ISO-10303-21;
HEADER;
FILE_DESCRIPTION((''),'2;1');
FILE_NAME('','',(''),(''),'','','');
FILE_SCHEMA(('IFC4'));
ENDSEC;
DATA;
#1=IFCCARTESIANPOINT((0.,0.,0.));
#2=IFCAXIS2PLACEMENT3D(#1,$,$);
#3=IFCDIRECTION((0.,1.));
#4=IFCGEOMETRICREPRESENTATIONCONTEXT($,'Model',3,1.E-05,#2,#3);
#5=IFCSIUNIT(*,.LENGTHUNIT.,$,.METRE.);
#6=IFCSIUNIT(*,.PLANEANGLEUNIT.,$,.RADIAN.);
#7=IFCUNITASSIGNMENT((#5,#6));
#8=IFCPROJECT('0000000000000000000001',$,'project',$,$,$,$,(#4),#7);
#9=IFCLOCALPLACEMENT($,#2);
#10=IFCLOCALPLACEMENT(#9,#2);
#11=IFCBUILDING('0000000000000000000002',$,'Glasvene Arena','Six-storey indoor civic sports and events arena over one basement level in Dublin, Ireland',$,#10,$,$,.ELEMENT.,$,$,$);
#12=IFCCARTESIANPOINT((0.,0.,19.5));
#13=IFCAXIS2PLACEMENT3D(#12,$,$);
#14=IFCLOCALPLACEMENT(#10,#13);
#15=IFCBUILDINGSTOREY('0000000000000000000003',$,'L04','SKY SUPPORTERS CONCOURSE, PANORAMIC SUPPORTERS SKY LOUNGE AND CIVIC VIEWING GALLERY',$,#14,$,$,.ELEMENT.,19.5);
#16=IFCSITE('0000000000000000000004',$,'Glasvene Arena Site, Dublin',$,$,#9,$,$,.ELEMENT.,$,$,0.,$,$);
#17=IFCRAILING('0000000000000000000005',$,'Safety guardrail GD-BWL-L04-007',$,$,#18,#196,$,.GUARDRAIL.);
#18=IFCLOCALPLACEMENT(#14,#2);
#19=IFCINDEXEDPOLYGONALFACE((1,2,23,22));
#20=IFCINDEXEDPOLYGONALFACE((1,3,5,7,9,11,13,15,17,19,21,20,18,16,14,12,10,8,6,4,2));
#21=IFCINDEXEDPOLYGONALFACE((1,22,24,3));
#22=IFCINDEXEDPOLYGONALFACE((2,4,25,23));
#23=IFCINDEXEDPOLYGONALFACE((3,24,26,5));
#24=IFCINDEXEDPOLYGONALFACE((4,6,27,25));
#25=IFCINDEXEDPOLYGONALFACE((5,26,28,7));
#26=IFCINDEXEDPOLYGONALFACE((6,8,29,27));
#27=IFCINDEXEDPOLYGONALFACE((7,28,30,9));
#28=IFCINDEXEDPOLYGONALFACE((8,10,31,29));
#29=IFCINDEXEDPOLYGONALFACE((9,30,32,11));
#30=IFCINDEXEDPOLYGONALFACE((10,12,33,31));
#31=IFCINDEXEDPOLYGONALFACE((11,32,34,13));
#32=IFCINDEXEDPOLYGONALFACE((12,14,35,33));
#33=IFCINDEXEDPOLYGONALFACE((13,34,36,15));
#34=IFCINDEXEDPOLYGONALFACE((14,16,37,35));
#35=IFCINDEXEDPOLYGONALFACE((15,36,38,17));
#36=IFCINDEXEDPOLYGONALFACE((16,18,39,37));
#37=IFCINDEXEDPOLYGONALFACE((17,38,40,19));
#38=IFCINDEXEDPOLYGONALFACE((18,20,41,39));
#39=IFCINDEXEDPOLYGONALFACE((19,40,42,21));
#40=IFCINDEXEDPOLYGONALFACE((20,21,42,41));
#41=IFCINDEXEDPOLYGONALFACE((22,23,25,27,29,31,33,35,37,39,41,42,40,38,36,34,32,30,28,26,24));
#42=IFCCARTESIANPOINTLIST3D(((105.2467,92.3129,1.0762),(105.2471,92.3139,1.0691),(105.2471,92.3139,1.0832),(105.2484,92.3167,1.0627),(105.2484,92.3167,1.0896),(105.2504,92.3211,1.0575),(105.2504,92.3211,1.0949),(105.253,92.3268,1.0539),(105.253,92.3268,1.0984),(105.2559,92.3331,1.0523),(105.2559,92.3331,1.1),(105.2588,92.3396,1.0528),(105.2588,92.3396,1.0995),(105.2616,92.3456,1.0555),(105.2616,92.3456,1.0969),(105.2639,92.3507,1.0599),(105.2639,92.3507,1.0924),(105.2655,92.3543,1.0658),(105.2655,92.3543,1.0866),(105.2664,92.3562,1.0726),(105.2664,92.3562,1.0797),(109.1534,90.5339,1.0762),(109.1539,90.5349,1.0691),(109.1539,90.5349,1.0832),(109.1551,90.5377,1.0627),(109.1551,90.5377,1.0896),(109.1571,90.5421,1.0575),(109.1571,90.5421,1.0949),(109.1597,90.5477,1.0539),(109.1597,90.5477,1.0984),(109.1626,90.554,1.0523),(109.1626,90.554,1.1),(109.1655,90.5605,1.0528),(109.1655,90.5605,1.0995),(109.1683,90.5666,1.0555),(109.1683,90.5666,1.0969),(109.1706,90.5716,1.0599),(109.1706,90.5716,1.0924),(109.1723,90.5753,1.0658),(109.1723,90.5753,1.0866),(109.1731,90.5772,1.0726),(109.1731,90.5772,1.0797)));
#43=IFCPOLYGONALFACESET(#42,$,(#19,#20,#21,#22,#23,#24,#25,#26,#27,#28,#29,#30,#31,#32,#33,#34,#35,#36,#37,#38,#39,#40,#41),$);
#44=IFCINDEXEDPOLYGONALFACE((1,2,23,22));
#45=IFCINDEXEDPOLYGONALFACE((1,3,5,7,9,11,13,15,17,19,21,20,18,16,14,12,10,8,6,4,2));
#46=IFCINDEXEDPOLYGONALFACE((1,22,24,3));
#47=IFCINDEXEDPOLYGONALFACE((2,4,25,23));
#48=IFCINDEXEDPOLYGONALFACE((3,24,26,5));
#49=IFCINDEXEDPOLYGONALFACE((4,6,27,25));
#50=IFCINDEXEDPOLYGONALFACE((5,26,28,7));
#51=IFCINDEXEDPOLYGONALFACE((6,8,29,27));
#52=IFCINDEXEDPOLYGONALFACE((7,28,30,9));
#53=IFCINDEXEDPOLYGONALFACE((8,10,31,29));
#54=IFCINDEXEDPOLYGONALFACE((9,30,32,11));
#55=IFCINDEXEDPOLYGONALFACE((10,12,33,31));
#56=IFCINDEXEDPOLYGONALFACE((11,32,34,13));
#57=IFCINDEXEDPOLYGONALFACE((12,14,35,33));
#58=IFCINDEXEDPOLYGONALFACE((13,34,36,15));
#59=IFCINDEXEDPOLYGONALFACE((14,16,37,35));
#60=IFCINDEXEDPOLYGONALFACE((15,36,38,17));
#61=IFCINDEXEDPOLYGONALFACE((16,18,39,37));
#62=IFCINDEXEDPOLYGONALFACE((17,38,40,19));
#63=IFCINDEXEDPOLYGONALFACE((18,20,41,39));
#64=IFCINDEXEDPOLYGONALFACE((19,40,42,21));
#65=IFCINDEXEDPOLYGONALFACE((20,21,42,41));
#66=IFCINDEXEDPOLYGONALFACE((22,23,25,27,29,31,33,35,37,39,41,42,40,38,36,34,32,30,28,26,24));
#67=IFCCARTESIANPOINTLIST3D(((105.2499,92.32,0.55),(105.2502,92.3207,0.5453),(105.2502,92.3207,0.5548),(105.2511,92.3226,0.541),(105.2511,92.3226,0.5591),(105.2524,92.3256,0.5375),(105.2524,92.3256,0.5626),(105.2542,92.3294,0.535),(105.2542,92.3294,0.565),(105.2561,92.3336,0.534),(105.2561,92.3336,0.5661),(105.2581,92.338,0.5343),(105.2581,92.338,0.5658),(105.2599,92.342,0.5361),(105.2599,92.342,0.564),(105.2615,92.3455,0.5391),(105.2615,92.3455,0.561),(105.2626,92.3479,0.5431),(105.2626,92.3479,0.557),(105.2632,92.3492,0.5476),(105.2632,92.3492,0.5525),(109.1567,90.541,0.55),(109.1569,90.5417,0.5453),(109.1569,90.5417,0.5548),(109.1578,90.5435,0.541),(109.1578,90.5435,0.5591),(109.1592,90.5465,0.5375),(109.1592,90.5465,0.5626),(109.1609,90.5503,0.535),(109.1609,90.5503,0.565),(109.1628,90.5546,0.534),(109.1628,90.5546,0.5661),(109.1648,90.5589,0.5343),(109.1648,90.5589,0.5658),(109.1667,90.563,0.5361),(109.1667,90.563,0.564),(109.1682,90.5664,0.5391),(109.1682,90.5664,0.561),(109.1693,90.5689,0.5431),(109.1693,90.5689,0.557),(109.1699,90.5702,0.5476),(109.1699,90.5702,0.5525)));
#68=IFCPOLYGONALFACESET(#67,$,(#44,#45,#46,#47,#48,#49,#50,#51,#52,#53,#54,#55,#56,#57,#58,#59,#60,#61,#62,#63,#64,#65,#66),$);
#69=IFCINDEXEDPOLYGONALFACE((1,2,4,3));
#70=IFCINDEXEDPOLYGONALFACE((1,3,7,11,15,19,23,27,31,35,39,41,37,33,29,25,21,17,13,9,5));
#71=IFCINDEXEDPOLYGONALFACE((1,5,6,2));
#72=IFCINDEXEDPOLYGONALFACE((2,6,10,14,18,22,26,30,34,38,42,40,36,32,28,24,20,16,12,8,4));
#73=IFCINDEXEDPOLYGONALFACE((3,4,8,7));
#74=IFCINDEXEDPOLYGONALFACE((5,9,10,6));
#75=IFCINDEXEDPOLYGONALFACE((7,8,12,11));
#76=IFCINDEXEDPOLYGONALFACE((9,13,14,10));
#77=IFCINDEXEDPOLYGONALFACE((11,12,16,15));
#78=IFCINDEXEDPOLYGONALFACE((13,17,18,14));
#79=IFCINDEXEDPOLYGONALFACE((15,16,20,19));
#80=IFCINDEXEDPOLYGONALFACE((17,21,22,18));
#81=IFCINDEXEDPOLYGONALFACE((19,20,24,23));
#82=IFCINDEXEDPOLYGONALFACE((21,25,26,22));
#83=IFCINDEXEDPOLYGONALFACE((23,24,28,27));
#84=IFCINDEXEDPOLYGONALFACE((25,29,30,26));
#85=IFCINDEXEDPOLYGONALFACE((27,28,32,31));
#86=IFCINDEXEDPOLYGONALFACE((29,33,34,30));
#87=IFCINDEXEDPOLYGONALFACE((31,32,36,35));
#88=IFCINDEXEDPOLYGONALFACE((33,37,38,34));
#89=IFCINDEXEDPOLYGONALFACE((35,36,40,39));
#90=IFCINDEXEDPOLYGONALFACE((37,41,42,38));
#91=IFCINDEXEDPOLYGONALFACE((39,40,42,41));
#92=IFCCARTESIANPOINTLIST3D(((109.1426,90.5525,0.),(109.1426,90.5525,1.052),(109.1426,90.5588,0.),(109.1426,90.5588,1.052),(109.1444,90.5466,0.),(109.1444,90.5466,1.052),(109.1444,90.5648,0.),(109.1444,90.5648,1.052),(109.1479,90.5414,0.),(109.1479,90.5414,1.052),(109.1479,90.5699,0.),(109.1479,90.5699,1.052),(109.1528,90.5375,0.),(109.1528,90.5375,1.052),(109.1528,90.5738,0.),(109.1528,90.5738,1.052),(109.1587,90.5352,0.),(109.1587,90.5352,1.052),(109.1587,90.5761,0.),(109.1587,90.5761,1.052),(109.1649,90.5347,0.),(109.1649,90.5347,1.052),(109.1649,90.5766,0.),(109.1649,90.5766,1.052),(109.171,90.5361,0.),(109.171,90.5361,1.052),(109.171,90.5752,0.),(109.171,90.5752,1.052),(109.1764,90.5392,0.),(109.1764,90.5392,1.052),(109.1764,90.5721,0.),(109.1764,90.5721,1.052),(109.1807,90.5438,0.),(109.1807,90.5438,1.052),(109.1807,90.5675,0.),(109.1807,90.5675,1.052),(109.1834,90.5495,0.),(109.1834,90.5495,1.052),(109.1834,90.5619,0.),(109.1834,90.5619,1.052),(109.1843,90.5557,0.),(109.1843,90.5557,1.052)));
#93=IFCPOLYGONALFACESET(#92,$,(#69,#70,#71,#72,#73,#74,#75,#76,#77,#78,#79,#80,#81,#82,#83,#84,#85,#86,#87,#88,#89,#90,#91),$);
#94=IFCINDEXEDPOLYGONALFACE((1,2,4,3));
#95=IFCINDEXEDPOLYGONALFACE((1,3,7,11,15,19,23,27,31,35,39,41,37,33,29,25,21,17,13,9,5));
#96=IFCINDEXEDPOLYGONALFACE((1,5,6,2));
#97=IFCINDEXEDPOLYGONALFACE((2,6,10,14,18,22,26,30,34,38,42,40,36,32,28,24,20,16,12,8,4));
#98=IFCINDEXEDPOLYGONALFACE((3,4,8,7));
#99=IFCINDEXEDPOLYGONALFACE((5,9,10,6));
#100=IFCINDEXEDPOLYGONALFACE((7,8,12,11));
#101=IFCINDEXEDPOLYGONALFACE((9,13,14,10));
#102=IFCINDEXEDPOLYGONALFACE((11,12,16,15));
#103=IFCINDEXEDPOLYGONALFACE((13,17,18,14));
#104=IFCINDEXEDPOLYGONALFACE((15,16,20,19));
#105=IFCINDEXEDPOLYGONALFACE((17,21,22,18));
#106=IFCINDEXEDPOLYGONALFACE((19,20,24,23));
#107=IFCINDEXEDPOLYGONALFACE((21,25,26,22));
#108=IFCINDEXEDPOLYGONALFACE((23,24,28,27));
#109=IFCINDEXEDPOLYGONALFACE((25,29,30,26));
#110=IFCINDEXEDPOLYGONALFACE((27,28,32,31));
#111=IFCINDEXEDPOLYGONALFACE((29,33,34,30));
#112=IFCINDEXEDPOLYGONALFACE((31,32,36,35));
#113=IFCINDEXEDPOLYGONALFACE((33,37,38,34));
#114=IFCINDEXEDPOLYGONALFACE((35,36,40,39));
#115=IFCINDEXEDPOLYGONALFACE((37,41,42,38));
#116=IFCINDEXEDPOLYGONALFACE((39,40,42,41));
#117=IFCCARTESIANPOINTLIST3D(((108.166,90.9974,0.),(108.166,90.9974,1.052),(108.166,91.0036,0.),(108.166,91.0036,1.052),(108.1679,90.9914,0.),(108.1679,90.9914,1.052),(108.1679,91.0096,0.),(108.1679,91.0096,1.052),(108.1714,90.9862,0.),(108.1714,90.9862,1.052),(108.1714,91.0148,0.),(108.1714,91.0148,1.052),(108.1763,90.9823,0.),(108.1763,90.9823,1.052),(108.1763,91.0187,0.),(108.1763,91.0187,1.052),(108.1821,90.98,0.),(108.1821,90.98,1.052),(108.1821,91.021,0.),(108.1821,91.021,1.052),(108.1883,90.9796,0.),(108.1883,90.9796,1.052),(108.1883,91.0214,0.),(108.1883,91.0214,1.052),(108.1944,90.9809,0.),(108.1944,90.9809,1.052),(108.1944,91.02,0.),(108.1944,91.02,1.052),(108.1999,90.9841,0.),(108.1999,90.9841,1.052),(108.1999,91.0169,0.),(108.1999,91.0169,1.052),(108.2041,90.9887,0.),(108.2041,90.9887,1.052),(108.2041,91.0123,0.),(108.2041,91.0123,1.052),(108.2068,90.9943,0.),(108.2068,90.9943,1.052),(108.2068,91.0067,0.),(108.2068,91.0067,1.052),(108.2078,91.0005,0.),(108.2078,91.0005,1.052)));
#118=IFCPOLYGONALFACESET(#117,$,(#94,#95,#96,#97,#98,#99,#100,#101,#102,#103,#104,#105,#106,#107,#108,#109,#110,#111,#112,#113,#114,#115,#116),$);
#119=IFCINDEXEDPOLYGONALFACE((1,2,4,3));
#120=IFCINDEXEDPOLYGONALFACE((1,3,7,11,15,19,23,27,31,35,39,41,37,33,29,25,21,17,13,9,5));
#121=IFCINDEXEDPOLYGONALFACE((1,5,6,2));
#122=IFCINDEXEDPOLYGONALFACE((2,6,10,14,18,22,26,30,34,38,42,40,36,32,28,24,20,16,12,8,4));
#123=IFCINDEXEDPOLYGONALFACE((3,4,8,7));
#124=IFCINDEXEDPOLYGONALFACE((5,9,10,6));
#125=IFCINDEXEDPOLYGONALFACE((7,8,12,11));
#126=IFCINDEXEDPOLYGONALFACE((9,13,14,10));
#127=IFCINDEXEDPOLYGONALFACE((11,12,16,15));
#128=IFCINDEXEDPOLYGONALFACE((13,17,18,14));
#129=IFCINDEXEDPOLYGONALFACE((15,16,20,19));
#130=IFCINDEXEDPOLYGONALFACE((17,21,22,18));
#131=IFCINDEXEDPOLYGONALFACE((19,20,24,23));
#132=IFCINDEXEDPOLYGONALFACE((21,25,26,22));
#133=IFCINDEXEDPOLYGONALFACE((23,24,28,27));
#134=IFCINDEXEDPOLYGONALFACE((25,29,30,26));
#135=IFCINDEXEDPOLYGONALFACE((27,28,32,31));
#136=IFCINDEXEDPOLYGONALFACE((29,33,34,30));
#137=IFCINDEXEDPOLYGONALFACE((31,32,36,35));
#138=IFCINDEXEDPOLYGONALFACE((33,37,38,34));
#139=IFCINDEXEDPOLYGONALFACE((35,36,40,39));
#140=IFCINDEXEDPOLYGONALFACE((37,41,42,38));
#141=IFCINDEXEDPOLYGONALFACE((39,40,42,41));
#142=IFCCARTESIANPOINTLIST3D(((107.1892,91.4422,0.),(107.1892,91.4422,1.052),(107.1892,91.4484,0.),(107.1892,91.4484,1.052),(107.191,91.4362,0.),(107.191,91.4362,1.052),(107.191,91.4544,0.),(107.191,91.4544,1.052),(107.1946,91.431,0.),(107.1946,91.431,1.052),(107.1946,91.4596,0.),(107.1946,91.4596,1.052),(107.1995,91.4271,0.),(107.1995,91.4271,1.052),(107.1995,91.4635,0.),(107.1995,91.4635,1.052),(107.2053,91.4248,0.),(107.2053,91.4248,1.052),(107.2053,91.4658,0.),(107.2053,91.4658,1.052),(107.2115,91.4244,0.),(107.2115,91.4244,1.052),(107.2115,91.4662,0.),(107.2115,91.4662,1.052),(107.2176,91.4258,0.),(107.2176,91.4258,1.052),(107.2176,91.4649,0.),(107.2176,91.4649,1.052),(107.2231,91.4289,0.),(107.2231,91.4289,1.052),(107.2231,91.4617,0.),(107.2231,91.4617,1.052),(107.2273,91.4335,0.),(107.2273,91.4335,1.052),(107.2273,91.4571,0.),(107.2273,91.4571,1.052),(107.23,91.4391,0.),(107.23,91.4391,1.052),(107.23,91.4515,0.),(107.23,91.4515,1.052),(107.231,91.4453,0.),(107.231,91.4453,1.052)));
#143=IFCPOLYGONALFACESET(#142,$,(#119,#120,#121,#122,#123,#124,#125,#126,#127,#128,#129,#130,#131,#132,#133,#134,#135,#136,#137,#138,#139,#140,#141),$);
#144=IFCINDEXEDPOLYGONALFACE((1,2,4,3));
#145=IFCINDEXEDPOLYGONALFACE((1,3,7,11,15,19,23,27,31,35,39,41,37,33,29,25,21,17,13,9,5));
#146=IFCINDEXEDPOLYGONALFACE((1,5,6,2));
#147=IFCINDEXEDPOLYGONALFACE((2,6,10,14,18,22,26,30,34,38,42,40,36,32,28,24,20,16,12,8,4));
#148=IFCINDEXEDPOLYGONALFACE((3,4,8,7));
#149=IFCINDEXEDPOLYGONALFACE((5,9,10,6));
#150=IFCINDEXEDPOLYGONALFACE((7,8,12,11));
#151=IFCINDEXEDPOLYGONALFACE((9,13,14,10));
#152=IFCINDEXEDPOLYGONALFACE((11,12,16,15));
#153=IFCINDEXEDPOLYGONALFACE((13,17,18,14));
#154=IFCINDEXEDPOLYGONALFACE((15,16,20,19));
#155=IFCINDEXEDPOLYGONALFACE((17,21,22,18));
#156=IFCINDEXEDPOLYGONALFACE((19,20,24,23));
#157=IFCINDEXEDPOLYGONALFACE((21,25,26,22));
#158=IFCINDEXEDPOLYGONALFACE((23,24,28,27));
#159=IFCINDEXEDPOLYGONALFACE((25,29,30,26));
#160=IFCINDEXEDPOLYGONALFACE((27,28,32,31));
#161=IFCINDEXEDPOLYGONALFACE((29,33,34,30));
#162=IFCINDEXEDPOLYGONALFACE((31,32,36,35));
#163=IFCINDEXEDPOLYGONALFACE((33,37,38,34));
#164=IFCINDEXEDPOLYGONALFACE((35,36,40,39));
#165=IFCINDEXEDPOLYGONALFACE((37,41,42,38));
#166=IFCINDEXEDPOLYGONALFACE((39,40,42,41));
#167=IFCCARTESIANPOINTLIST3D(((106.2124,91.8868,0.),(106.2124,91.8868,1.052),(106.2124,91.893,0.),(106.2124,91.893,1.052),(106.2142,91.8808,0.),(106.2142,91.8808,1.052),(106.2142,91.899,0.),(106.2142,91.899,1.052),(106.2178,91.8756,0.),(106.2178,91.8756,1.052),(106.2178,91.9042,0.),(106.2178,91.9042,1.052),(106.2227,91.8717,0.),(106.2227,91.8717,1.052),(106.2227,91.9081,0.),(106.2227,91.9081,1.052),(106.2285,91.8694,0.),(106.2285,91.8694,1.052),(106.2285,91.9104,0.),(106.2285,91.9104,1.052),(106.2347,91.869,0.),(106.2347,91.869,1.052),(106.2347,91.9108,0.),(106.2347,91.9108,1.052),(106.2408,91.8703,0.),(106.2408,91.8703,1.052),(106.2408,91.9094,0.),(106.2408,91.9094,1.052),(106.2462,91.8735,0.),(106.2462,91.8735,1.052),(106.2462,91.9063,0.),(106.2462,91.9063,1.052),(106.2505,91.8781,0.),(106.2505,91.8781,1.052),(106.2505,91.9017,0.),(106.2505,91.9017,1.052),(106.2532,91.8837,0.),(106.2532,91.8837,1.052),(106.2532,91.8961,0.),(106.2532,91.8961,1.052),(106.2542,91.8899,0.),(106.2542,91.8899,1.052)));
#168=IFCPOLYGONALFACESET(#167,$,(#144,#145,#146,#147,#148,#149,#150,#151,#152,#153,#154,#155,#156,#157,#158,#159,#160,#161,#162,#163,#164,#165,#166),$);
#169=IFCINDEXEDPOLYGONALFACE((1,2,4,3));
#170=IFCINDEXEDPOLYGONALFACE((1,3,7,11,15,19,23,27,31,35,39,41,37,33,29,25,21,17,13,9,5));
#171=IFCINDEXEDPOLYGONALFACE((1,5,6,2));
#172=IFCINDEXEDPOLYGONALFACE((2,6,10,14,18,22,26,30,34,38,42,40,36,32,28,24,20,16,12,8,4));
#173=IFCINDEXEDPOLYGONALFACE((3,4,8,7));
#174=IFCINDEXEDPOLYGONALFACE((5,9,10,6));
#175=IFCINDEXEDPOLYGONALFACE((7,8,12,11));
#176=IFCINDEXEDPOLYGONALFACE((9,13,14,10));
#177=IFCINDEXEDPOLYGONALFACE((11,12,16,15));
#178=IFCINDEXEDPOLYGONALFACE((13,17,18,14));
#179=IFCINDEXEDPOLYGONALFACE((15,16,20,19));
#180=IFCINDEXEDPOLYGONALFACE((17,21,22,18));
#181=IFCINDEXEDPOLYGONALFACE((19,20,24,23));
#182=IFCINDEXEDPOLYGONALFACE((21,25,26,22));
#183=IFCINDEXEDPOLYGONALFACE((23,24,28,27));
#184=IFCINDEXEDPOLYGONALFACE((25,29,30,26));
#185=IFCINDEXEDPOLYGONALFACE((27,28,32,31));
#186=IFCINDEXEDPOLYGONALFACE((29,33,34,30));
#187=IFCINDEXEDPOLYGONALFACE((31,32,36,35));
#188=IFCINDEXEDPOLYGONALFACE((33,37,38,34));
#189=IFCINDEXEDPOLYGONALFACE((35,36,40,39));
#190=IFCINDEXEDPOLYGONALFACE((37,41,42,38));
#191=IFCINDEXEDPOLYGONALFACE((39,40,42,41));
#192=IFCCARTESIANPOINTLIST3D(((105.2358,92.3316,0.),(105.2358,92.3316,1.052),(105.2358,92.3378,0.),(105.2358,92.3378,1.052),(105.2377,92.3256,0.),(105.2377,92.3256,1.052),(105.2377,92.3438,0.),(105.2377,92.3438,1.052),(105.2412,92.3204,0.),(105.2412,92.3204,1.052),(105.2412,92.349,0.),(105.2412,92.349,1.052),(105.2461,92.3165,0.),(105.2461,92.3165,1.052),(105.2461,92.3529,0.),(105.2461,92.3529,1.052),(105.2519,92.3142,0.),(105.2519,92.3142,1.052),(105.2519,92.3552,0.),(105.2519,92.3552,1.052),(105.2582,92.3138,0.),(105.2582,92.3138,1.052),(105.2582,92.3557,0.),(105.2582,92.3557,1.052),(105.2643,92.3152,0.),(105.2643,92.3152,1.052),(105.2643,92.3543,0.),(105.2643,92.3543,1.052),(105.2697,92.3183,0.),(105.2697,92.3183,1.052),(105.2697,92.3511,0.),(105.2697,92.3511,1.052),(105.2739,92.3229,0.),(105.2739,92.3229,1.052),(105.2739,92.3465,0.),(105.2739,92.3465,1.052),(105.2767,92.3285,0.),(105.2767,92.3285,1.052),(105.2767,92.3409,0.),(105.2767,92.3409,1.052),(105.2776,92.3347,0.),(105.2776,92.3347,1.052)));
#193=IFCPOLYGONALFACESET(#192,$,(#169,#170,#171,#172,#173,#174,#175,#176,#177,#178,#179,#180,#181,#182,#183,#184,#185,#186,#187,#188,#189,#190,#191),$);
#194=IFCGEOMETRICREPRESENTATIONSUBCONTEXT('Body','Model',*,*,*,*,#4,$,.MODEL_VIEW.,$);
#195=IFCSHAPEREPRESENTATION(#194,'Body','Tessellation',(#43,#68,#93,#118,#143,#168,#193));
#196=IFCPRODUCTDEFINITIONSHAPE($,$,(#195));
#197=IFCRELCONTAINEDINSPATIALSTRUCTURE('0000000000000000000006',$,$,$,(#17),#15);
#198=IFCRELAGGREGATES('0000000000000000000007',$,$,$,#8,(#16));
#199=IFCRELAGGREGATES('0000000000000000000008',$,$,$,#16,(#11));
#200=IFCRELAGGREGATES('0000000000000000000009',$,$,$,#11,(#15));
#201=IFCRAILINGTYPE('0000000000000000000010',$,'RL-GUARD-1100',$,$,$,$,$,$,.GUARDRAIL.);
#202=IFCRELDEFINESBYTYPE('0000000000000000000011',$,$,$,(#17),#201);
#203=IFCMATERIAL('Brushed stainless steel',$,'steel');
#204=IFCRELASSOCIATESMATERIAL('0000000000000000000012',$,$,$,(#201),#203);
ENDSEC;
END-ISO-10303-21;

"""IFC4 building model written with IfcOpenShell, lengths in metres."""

from ifc_helpers import new_model, si_unit, direction, frame, origin, origin_2d, place, context, subcontext, project, spatial, circle, extrude, material, type_object, element, save


model = new_model("IFC4")

# Units and contexts
model_context = context("Model", 3, precision=1e-05, world=origin(), true_north=direction((0.0, 1.0)))
body_context = subcontext(model_context, "Body", "Model", "MODEL_VIEW")
ifc_project = project(units=[si_unit("LENGTHUNIT", "METRE"), si_unit("PLANEANGLEUNIT", "RADIAN")], contexts=[model_context])

# Site, building, storey
site_placement = place(None, origin())
site = spatial("IfcSite", under=ifc_project, at=site_placement, Name="Glasvene Arena Site, Dublin", CompositionType="ELEMENT", RefElevation=0.0)
building_placement = place(site_placement, origin())
building = spatial("IfcBuilding", under=site, at=building_placement, Name="Glasvene Arena", Description="Six-storey indoor civic sports and events arena over one basement level in Dublin, Ireland", CompositionType="ELEMENT")
storey_placement = place(building_placement, frame((0.0, 0.0, 19.5)))
storey = spatial("IfcBuildingStorey", under=building, at=storey_placement, Name="L04", Description="SKY SUPPORTERS CONCOURSE, PANORAMIC SUPPORTERS SKY LOUNGE AND CIVIC VIEWING GALLERY", CompositionType="ELEMENT", Elevation=19.5)

# Railing
ifc_material = material(Name="Brushed stainless steel", Category="steel")
railing_type = type_object("IfcRailingType", Name="RL-GUARD-1100", PredefinedType="GUARDRAIL", material=ifc_material)
railing_1_placement = place(storey_placement, frame((109.1633, 90.5557, 0.0)))
element("IfcRailing", 1, at=railing_1_placement, inside=storey, type_object=railing_type, Name="Safety guardrail GD-BWL-L04-007", PredefinedType="GUARDRAIL", context=body_context, shape_type="SweptSolid", body=[
    extrude(circle(Radius=0.0239, at=origin_2d()), frame((0.0, 0.0, 1.0762), z_axis=(-0.91008, 0.414433, 0.0), x_axis=(-0.414433, -0.91008, 0.0)), (0.0, 0.0, 1.0), 4.2927),
    extrude(circle(Radius=0.0161, at=origin_2d()), frame((0.0, 0.0, 0.55), z_axis=(-0.91008, 0.414433, 0.0), x_axis=(-0.414433, -0.91008, 0.0)), (0.0, 0.0, 1.0), 4.2927),
    extrude(circle(Radius=0.021, at=origin_2d()), origin(), (0.0, 0.0, 1.0), 1.052),
    extrude(circle(Radius=0.021, at=origin_2d()), frame((-0.9766, 0.4448, 0.0)), (0.0, 0.0, 1.0), 1.052),
    extrude(circle(Radius=0.021, at=origin_2d()), frame((-1.9534, 0.8896, 0.0)), (0.0, 0.0, 1.0), 1.052),
    extrude(circle(Radius=0.021, at=origin_2d()), frame((-2.9302, 1.3342, 0.0)), (0.0, 0.0, 1.0), 1.052),
    extrude(circle(Radius=0.021, at=origin_2d()), frame((-3.9067, 1.7791, 0.0)), (0.0, 0.0, 1.0), 1.052),
])

save(model, "model.ifc")
